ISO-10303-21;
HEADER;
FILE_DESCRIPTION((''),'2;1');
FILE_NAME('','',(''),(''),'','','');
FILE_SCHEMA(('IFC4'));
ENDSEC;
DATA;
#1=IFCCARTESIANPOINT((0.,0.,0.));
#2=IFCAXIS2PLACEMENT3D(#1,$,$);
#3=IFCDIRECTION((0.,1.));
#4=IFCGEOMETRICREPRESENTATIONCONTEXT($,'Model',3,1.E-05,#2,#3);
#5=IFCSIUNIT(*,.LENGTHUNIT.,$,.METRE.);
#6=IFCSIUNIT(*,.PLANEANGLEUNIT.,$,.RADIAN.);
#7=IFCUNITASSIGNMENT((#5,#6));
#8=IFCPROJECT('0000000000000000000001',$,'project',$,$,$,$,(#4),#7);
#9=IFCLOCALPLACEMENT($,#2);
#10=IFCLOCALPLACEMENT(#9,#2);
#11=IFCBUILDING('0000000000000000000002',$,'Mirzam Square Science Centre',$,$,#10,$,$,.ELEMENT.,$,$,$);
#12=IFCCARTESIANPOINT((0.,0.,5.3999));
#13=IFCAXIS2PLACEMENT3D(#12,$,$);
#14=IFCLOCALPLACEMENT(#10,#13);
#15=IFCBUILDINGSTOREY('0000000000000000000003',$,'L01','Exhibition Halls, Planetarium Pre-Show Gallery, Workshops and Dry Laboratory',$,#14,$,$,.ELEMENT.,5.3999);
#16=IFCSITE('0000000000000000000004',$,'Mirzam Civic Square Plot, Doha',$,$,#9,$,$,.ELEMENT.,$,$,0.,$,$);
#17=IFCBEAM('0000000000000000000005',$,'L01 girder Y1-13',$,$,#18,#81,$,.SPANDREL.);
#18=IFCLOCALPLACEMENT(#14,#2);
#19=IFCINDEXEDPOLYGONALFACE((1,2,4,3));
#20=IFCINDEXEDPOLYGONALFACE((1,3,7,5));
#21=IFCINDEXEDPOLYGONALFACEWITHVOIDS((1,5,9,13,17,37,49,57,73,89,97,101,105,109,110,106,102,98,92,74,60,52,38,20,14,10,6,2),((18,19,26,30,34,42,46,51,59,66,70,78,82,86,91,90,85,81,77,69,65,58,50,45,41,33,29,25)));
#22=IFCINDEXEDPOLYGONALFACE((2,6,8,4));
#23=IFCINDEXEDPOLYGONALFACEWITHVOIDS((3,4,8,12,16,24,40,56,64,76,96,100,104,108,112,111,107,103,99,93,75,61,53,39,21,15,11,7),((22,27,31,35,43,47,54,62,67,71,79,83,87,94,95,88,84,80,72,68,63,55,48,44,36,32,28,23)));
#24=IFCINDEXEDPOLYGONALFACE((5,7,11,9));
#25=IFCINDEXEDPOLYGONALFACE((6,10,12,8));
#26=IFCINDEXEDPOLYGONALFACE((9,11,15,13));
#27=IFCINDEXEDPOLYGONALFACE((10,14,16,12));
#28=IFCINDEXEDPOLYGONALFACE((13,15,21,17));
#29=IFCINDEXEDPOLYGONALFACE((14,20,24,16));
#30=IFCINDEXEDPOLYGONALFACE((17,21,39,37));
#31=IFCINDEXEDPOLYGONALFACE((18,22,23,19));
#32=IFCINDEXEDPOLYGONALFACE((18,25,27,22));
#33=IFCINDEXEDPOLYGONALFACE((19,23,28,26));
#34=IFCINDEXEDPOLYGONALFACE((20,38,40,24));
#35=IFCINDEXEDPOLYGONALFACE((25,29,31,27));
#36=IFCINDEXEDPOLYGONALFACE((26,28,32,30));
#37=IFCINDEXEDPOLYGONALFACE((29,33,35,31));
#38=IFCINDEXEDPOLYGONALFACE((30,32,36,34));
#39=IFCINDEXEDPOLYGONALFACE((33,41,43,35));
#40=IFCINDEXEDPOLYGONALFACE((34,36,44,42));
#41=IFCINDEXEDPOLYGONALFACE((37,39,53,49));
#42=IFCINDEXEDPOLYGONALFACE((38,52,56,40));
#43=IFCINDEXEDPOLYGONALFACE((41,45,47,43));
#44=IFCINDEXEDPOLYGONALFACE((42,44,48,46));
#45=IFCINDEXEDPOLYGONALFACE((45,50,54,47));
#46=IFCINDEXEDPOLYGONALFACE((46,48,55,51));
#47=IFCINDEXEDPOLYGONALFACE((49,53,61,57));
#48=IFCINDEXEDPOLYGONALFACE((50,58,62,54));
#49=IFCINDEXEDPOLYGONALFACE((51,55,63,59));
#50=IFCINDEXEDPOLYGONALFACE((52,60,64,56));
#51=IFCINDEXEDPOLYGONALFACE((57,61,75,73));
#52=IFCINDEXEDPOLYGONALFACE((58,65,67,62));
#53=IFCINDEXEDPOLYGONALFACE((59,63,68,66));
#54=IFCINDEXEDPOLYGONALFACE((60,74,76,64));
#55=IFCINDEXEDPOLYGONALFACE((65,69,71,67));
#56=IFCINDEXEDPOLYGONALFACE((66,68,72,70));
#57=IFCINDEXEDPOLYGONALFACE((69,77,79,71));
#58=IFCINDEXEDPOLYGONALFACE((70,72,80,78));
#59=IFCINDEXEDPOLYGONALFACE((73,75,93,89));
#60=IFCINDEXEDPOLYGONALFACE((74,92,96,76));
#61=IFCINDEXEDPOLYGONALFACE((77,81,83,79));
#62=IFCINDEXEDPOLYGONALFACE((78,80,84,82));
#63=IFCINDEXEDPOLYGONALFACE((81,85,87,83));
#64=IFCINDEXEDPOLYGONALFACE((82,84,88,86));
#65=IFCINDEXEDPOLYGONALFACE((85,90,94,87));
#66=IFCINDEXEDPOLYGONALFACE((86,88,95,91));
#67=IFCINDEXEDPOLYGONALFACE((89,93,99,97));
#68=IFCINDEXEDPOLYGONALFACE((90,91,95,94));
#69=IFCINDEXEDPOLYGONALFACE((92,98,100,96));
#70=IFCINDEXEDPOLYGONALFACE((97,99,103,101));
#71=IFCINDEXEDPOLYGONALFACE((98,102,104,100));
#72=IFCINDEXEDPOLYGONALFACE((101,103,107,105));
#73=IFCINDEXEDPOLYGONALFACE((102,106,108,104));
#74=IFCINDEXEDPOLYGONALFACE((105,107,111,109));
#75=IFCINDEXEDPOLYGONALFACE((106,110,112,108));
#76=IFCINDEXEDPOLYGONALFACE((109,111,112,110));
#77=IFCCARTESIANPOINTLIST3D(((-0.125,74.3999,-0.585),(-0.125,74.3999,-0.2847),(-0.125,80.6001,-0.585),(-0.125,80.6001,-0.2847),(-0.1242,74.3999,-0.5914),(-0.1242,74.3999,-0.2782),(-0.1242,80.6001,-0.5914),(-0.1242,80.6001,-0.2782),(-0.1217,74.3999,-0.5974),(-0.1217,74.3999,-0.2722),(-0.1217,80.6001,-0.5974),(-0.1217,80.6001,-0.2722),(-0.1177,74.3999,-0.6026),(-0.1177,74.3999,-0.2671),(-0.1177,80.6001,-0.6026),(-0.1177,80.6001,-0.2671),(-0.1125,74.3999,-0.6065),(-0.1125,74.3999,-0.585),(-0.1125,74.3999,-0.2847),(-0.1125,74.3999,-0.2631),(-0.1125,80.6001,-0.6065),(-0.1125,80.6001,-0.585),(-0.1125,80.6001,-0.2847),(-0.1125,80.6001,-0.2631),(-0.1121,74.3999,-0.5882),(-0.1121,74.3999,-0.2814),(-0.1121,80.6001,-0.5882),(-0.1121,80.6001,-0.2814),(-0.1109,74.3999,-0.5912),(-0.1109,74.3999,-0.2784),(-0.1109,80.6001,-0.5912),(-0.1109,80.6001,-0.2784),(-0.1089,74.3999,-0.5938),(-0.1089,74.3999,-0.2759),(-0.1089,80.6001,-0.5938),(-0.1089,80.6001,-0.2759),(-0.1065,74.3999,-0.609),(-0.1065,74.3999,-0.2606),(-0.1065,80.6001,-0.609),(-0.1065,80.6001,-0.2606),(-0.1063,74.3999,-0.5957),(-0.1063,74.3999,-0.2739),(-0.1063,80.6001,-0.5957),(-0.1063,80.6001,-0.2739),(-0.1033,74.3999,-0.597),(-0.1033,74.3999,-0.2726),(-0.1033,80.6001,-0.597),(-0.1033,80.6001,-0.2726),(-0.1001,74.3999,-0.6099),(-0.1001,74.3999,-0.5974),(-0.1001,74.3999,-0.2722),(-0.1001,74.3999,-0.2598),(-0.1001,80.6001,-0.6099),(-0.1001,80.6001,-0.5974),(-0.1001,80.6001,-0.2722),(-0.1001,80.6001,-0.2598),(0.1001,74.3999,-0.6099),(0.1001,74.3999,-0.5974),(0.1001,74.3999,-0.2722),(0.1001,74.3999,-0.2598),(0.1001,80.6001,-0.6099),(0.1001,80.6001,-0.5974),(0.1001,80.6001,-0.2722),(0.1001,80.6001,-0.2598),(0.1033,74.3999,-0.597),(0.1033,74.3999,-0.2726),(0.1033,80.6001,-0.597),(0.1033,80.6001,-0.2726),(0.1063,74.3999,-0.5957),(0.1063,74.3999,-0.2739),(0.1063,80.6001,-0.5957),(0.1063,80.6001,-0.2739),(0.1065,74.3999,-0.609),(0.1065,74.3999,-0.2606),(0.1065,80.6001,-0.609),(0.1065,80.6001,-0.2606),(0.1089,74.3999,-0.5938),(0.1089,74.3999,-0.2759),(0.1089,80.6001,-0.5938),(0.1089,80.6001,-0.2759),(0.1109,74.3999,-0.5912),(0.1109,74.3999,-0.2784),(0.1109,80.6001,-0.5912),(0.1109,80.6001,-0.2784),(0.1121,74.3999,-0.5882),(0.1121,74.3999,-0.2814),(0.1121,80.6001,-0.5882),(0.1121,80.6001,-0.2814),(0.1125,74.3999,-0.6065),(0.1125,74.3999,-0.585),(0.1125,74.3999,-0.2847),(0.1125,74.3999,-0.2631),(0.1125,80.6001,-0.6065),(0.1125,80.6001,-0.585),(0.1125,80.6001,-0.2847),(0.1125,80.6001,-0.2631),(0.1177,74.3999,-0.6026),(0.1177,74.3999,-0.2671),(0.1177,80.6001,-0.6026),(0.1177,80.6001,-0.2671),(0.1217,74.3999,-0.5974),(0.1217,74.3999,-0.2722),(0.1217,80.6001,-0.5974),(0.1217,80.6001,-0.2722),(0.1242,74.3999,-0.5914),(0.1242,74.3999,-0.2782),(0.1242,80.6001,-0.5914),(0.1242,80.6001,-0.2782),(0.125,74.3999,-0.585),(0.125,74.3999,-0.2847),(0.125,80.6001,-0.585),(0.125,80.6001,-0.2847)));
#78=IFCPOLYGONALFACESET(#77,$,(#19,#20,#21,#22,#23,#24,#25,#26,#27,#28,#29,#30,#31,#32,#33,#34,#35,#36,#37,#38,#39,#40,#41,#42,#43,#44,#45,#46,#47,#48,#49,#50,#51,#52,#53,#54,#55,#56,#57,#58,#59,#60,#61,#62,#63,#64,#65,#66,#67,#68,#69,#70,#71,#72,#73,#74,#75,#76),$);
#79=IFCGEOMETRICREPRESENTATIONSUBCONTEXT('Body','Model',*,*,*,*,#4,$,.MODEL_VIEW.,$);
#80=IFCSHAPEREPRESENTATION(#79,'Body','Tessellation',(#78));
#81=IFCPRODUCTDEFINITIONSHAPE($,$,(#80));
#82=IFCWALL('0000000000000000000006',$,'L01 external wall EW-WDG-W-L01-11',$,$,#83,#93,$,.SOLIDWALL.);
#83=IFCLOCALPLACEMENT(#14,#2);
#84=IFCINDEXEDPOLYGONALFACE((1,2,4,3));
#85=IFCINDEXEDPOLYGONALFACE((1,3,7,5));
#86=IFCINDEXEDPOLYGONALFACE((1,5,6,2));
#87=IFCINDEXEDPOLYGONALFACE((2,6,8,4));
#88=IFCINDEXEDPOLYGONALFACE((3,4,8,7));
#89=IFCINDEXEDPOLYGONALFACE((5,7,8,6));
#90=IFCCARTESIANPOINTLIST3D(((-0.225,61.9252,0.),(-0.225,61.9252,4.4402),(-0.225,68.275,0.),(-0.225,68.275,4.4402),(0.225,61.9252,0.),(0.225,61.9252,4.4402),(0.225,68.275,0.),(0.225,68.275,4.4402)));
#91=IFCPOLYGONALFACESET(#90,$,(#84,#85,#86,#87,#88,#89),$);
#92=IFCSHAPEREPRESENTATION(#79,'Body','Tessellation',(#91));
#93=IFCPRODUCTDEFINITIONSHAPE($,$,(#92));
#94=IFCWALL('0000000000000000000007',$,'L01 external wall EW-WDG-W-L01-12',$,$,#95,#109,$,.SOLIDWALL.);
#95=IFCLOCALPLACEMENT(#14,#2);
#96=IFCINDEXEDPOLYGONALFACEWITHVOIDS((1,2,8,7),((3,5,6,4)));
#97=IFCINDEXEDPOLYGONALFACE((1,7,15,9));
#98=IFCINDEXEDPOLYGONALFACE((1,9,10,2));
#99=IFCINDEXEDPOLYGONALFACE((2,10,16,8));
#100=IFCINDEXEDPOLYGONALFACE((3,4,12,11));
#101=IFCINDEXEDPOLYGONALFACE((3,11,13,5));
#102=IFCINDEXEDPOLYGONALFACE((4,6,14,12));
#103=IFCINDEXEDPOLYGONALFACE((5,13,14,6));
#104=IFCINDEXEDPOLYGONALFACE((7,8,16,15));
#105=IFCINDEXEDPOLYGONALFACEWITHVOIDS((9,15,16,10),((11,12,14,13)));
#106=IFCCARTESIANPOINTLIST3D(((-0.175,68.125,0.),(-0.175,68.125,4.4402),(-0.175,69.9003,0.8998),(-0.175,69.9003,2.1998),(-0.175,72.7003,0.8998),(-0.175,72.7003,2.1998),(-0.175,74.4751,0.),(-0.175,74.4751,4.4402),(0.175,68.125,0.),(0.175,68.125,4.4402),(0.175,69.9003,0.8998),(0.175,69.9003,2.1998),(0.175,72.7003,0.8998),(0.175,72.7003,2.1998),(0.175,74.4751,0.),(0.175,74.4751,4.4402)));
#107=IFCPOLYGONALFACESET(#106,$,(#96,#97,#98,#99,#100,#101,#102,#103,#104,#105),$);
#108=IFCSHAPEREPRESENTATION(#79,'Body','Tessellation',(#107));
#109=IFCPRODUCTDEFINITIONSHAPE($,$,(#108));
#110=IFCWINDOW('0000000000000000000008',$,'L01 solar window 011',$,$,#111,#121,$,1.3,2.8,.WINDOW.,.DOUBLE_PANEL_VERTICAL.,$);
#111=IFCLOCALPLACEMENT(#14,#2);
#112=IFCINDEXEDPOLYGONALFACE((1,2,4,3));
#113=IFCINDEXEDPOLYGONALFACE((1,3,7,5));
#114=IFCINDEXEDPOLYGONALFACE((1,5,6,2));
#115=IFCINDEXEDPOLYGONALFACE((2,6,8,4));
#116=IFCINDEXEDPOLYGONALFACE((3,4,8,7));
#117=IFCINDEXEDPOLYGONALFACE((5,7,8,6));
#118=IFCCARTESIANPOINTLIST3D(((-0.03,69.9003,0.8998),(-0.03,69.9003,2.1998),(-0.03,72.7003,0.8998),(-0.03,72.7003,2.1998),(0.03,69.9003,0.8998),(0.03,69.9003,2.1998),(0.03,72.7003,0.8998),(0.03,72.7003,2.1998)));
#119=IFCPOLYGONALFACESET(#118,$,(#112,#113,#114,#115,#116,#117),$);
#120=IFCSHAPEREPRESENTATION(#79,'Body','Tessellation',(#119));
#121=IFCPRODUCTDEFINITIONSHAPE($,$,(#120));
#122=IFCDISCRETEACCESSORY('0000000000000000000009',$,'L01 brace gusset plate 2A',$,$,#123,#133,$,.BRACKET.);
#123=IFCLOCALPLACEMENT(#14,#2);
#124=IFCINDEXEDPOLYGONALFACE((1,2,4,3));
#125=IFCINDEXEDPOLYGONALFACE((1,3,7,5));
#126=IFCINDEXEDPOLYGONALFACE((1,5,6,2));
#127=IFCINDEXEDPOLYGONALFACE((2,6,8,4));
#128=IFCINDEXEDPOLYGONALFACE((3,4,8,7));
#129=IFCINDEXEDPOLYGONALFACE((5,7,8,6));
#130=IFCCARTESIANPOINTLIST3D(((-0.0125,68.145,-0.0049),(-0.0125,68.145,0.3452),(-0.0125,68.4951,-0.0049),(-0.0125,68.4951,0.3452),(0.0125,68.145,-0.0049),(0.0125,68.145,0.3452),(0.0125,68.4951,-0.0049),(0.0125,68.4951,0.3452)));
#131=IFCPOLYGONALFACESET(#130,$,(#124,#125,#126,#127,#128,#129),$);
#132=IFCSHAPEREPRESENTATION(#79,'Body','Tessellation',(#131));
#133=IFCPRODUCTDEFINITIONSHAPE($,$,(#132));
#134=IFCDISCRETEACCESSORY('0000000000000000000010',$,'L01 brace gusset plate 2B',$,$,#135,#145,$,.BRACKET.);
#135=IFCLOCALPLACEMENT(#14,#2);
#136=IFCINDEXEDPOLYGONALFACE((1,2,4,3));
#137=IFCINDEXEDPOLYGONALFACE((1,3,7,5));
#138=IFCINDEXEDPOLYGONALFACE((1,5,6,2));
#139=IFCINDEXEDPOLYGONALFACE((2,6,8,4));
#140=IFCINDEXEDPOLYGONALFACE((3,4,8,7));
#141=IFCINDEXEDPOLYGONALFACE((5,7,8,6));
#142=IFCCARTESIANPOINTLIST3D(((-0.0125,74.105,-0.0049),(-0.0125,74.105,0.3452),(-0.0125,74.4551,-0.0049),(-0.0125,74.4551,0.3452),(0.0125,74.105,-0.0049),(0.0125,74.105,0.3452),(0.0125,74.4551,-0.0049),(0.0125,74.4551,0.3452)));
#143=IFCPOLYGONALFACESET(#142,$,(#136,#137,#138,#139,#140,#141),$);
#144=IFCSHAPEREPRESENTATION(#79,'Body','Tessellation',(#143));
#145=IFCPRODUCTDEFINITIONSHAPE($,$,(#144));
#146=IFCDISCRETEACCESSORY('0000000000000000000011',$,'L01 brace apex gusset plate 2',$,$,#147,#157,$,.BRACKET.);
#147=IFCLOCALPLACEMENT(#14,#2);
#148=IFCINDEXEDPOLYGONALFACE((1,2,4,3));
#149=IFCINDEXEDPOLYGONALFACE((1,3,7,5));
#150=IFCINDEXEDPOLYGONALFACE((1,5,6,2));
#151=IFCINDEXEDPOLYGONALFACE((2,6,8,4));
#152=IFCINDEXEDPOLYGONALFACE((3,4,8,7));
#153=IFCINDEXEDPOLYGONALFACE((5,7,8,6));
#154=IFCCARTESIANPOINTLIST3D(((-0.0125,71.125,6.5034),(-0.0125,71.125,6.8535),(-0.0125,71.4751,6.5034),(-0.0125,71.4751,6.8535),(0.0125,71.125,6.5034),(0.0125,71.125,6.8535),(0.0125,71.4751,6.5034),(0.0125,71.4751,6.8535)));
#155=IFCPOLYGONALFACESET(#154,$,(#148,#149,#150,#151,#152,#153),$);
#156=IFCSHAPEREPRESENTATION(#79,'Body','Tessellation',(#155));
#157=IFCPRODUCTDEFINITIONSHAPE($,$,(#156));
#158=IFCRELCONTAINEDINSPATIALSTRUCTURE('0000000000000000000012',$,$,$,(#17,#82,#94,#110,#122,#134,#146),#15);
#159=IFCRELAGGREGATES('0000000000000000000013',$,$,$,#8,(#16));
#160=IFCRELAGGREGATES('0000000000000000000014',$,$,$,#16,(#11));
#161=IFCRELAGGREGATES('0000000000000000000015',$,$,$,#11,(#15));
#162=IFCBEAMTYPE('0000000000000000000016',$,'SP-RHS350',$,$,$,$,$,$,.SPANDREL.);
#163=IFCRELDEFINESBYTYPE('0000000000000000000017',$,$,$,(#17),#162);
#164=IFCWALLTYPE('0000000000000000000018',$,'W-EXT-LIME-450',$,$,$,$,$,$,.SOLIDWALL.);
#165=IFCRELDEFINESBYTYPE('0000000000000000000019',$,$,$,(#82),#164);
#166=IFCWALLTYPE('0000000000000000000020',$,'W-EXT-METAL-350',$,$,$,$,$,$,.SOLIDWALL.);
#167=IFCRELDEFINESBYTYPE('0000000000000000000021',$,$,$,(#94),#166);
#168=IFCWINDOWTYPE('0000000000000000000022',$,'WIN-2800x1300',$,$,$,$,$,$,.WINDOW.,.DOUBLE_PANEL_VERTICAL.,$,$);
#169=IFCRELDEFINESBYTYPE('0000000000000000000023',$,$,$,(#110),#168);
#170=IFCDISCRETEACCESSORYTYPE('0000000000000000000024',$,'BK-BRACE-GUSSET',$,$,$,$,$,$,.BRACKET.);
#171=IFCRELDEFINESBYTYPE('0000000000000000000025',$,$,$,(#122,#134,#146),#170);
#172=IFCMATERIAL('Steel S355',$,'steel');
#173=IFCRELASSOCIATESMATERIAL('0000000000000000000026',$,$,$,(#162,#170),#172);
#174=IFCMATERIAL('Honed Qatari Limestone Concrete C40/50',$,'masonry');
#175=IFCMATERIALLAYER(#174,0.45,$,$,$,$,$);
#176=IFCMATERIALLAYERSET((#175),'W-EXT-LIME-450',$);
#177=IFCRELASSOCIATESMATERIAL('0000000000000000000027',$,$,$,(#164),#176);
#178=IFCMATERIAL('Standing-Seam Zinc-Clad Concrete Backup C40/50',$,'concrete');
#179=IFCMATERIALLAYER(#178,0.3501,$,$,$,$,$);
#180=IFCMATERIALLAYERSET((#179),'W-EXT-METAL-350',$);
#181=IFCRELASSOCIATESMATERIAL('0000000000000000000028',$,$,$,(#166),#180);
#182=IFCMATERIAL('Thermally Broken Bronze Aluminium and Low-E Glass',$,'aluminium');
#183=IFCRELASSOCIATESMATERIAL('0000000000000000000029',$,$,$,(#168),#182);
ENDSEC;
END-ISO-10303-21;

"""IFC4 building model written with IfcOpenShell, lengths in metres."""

from ifc_helpers import new_model, si_unit, direction, frame, frame_2d, origin, origin_2d, place, context, subcontext, project, spatial, rectangle, hollow_rectangle, extrude, material, layer, layer_set, material_profile, profile_set, type_object, element, fill, save


model = new_model("IFC4")

# Units and contexts
model_context = context("Model", 3, precision=1e-05, world=origin(), true_north=direction((0.0, 1.0)))
body_context = subcontext(model_context, "Body", "Model", "MODEL_VIEW")
ifc_project = project(units=[si_unit("LENGTHUNIT", "METRE"), si_unit("PLANEANGLEUNIT", "RADIAN")], contexts=[model_context])

# Site, building, storey
site_placement = place(None, origin())
site = spatial("IfcSite", under=ifc_project, at=site_placement, Name="Mirzam Civic Square Plot, Doha", CompositionType="ELEMENT", RefElevation=0.0)
building_placement = place(site_placement, origin())
building = spatial("IfcBuilding", under=site, at=building_placement, Name="Mirzam Square Science Centre", CompositionType="ELEMENT")
storey_placement = place(building_placement, frame((0.0, 0.0, 5.3999)))
storey = spatial("IfcBuildingStorey", under=building, at=storey_placement, Name="L01", Description="Exhibition Halls, Planetarium Pre-Show Gallery, Workshops and Dry Laboratory", CompositionType="ELEMENT", Elevation=5.3999)

# Shared definitions
ifc_material_1 = material(Name="Steel S355", Category="steel")

# Beam
ifc_material_profile_1 = material_profile(ifc_material_1, hollow_rectangle(XDim=0.25, YDim=0.3501, WallThickness=0.0125, InnerFilletRadius=0.0125, OuterFilletRadius=0.0249, at=origin_2d()), Name="350x250x12.5RHS")
ifc_profile_set_1 = profile_set([ifc_material_profile_1], Name="Steel S355")
beam_type_1 = type_object("IfcBeamType", Name="SP-RHS350", PredefinedType="SPANDREL", material=ifc_profile_set_1)
beam_1_placement = place(storey_placement, frame((0.0, 74.3999, -0.4348), z_axis=(0.0, 1.0, 0.0), x_axis=(-1.0, 0.0, 0.0)))
element("IfcBeam", 1, at=beam_1_placement, inside=storey, type_object=beam_type_1, Name="L01 girder Y1-13", PredefinedType="SPANDREL", context=body_context, shape_type="SweptSolid", body=[
    extrude(hollow_rectangle(XDim=0.25, YDim=0.3501, WallThickness=0.0125, InnerFilletRadius=0.0125, OuterFilletRadius=0.0249, at=origin_2d()), origin(), (0.0, 0.0, 1.0), 6.2002),
])

# Wall
ifc_material_2 = material(Name="Honed Qatari Limestone Concrete C40/50", Category="masonry")
ifc_layer_1 = layer(ifc_material_2, 0.45)
ifc_layer_set_1 = layer_set([ifc_layer_1], Name="W-EXT-LIME-450")
wall_type_1 = type_object("IfcWallType", Name="W-EXT-LIME-450", PredefinedType="SOLIDWALL", material=ifc_layer_set_1)
wall_1_placement = place(storey_placement, frame((0.0, 68.2749, 0.0), z_axis=(0.0, 0.0, 1.0), x_axis=(0.0, -1.0, 0.0)))
element("IfcWall", 2, at=wall_1_placement, inside=storey, type_object=wall_type_1, Name="L01 external wall EW-WDG-W-L01-11", PredefinedType="SOLIDWALL", context=body_context, shape_type="SweptSolid", body=[
    extrude(rectangle(XDim=6.3499, YDim=0.45, at=frame_2d((3.1748, 0.0))), origin(), (0.0, 0.0, 1.0), 4.4402),
])

# Wall, opening, window
ifc_material_3 = material(Name="Standing-Seam Zinc-Clad Concrete Backup C40/50", Category="concrete")
ifc_layer_2 = layer(ifc_material_3, 0.3501)
ifc_layer_set_2 = layer_set([ifc_layer_2], Name="W-EXT-METAL-350")
wall_type_2 = type_object("IfcWallType", Name="W-EXT-METAL-350", PredefinedType="SOLIDWALL", material=ifc_layer_set_2)
wall_2_placement = place(storey_placement, frame((0.0, 74.4751, 0.0), z_axis=(0.0, 0.0, 1.0), x_axis=(0.0, -1.0, 0.0)))
wall_2 = element("IfcWall", 3, at=wall_2_placement, inside=storey, type_object=wall_type_2, Name="L01 external wall EW-WDG-W-L01-12", PredefinedType="SOLIDWALL", context=body_context, shape_type="SweptSolid", body=[
    extrude(rectangle(XDim=6.3501, YDim=0.3501, at=frame_2d((3.175, 0.0))), origin(), (0.0, 0.0, 1.0), 4.4402),
])
opening_placement = place(wall_2_placement, frame((1.7749, 0.0, 0.8999)))
opening = element("IfcOpeningElement", 4, at=opening_placement, cuts=wall_2, PredefinedType="OPENING", context=body_context, shape_type="SweptSolid", body=[
    extrude(rectangle(XDim=2.8, YDim=1.3, at=frame_2d((1.3999, 0.6499))), frame((0.0, 0.1851, 0.0), z_axis=(0.0, -1.0, 0.0), x_axis=(1.0, 0.0, 0.0)), (0.0, 0.0, 1.0), 0.3701),
])
ifc_material_4 = material(Name="Thermally Broken Bronze Aluminium and Low-E Glass", Category="aluminium")
window_type = type_object("IfcWindowType", Name="WIN-2800x1300", PartitioningType="DOUBLE_PANEL_VERTICAL", PredefinedType="WINDOW", material=ifc_material_4)
window_placement = place(opening_placement, origin())
window = element("IfcWindow", 5, at=window_placement, inside=storey, type_object=window_type, Name="L01 solar window 011", OverallHeight=1.3, OverallWidth=2.8, PartitioningType="DOUBLE_PANEL_VERTICAL", PredefinedType="WINDOW", context=body_context, shape_type="SweptSolid", body=[
    extrude(rectangle(XDim=2.8, YDim=1.3, at=frame_2d((1.3999, 0.6499))), frame((0.0, 0.03, 0.0), z_axis=(0.0, -1.0, 0.0), x_axis=(1.0, 0.0, 0.0)), (0.0, 0.0, 1.0), 0.0601),
])
fill(opening, window)

# Discrete accessories
discrete_accessory_type = type_object("IfcDiscreteAccessoryType", Name="BK-BRACE-GUSSET", PredefinedType="BRACKET", material=ifc_material_1)
for number, where, z_axis, x_axis, name in (
    (6, (0.0, 68.3201, -0.0049), (0.0, 0.0, 1.0), (0.0, 1.0, 0.0), "L01 brace gusset plate 2A"),
    (7, (0.0, 74.28, -0.0049), (0.0, 0.0, 1.0), (0.0, 1.0, 0.0), "L01 brace gusset plate 2B"),
    (8, (0.0, 71.3, 6.5034), (0.0, 0.0, 1.0), (0.0, 1.0, 0.0), "L01 brace apex gusset plate 2"),
):
    element("IfcDiscreteAccessory", number, at=place(storey_placement, frame(where, z_axis=z_axis, x_axis=x_axis)), inside=storey, type_object=discrete_accessory_type, Name=name, PredefinedType="BRACKET", context=body_context, shape_type="SweptSolid", body=[
        extrude(rectangle(XDim=0.3501, YDim=0.0249, at=origin_2d()), origin(), (0.0, 0.0, 1.0), 0.3501),
    ])

save(model, "model.ifc")
